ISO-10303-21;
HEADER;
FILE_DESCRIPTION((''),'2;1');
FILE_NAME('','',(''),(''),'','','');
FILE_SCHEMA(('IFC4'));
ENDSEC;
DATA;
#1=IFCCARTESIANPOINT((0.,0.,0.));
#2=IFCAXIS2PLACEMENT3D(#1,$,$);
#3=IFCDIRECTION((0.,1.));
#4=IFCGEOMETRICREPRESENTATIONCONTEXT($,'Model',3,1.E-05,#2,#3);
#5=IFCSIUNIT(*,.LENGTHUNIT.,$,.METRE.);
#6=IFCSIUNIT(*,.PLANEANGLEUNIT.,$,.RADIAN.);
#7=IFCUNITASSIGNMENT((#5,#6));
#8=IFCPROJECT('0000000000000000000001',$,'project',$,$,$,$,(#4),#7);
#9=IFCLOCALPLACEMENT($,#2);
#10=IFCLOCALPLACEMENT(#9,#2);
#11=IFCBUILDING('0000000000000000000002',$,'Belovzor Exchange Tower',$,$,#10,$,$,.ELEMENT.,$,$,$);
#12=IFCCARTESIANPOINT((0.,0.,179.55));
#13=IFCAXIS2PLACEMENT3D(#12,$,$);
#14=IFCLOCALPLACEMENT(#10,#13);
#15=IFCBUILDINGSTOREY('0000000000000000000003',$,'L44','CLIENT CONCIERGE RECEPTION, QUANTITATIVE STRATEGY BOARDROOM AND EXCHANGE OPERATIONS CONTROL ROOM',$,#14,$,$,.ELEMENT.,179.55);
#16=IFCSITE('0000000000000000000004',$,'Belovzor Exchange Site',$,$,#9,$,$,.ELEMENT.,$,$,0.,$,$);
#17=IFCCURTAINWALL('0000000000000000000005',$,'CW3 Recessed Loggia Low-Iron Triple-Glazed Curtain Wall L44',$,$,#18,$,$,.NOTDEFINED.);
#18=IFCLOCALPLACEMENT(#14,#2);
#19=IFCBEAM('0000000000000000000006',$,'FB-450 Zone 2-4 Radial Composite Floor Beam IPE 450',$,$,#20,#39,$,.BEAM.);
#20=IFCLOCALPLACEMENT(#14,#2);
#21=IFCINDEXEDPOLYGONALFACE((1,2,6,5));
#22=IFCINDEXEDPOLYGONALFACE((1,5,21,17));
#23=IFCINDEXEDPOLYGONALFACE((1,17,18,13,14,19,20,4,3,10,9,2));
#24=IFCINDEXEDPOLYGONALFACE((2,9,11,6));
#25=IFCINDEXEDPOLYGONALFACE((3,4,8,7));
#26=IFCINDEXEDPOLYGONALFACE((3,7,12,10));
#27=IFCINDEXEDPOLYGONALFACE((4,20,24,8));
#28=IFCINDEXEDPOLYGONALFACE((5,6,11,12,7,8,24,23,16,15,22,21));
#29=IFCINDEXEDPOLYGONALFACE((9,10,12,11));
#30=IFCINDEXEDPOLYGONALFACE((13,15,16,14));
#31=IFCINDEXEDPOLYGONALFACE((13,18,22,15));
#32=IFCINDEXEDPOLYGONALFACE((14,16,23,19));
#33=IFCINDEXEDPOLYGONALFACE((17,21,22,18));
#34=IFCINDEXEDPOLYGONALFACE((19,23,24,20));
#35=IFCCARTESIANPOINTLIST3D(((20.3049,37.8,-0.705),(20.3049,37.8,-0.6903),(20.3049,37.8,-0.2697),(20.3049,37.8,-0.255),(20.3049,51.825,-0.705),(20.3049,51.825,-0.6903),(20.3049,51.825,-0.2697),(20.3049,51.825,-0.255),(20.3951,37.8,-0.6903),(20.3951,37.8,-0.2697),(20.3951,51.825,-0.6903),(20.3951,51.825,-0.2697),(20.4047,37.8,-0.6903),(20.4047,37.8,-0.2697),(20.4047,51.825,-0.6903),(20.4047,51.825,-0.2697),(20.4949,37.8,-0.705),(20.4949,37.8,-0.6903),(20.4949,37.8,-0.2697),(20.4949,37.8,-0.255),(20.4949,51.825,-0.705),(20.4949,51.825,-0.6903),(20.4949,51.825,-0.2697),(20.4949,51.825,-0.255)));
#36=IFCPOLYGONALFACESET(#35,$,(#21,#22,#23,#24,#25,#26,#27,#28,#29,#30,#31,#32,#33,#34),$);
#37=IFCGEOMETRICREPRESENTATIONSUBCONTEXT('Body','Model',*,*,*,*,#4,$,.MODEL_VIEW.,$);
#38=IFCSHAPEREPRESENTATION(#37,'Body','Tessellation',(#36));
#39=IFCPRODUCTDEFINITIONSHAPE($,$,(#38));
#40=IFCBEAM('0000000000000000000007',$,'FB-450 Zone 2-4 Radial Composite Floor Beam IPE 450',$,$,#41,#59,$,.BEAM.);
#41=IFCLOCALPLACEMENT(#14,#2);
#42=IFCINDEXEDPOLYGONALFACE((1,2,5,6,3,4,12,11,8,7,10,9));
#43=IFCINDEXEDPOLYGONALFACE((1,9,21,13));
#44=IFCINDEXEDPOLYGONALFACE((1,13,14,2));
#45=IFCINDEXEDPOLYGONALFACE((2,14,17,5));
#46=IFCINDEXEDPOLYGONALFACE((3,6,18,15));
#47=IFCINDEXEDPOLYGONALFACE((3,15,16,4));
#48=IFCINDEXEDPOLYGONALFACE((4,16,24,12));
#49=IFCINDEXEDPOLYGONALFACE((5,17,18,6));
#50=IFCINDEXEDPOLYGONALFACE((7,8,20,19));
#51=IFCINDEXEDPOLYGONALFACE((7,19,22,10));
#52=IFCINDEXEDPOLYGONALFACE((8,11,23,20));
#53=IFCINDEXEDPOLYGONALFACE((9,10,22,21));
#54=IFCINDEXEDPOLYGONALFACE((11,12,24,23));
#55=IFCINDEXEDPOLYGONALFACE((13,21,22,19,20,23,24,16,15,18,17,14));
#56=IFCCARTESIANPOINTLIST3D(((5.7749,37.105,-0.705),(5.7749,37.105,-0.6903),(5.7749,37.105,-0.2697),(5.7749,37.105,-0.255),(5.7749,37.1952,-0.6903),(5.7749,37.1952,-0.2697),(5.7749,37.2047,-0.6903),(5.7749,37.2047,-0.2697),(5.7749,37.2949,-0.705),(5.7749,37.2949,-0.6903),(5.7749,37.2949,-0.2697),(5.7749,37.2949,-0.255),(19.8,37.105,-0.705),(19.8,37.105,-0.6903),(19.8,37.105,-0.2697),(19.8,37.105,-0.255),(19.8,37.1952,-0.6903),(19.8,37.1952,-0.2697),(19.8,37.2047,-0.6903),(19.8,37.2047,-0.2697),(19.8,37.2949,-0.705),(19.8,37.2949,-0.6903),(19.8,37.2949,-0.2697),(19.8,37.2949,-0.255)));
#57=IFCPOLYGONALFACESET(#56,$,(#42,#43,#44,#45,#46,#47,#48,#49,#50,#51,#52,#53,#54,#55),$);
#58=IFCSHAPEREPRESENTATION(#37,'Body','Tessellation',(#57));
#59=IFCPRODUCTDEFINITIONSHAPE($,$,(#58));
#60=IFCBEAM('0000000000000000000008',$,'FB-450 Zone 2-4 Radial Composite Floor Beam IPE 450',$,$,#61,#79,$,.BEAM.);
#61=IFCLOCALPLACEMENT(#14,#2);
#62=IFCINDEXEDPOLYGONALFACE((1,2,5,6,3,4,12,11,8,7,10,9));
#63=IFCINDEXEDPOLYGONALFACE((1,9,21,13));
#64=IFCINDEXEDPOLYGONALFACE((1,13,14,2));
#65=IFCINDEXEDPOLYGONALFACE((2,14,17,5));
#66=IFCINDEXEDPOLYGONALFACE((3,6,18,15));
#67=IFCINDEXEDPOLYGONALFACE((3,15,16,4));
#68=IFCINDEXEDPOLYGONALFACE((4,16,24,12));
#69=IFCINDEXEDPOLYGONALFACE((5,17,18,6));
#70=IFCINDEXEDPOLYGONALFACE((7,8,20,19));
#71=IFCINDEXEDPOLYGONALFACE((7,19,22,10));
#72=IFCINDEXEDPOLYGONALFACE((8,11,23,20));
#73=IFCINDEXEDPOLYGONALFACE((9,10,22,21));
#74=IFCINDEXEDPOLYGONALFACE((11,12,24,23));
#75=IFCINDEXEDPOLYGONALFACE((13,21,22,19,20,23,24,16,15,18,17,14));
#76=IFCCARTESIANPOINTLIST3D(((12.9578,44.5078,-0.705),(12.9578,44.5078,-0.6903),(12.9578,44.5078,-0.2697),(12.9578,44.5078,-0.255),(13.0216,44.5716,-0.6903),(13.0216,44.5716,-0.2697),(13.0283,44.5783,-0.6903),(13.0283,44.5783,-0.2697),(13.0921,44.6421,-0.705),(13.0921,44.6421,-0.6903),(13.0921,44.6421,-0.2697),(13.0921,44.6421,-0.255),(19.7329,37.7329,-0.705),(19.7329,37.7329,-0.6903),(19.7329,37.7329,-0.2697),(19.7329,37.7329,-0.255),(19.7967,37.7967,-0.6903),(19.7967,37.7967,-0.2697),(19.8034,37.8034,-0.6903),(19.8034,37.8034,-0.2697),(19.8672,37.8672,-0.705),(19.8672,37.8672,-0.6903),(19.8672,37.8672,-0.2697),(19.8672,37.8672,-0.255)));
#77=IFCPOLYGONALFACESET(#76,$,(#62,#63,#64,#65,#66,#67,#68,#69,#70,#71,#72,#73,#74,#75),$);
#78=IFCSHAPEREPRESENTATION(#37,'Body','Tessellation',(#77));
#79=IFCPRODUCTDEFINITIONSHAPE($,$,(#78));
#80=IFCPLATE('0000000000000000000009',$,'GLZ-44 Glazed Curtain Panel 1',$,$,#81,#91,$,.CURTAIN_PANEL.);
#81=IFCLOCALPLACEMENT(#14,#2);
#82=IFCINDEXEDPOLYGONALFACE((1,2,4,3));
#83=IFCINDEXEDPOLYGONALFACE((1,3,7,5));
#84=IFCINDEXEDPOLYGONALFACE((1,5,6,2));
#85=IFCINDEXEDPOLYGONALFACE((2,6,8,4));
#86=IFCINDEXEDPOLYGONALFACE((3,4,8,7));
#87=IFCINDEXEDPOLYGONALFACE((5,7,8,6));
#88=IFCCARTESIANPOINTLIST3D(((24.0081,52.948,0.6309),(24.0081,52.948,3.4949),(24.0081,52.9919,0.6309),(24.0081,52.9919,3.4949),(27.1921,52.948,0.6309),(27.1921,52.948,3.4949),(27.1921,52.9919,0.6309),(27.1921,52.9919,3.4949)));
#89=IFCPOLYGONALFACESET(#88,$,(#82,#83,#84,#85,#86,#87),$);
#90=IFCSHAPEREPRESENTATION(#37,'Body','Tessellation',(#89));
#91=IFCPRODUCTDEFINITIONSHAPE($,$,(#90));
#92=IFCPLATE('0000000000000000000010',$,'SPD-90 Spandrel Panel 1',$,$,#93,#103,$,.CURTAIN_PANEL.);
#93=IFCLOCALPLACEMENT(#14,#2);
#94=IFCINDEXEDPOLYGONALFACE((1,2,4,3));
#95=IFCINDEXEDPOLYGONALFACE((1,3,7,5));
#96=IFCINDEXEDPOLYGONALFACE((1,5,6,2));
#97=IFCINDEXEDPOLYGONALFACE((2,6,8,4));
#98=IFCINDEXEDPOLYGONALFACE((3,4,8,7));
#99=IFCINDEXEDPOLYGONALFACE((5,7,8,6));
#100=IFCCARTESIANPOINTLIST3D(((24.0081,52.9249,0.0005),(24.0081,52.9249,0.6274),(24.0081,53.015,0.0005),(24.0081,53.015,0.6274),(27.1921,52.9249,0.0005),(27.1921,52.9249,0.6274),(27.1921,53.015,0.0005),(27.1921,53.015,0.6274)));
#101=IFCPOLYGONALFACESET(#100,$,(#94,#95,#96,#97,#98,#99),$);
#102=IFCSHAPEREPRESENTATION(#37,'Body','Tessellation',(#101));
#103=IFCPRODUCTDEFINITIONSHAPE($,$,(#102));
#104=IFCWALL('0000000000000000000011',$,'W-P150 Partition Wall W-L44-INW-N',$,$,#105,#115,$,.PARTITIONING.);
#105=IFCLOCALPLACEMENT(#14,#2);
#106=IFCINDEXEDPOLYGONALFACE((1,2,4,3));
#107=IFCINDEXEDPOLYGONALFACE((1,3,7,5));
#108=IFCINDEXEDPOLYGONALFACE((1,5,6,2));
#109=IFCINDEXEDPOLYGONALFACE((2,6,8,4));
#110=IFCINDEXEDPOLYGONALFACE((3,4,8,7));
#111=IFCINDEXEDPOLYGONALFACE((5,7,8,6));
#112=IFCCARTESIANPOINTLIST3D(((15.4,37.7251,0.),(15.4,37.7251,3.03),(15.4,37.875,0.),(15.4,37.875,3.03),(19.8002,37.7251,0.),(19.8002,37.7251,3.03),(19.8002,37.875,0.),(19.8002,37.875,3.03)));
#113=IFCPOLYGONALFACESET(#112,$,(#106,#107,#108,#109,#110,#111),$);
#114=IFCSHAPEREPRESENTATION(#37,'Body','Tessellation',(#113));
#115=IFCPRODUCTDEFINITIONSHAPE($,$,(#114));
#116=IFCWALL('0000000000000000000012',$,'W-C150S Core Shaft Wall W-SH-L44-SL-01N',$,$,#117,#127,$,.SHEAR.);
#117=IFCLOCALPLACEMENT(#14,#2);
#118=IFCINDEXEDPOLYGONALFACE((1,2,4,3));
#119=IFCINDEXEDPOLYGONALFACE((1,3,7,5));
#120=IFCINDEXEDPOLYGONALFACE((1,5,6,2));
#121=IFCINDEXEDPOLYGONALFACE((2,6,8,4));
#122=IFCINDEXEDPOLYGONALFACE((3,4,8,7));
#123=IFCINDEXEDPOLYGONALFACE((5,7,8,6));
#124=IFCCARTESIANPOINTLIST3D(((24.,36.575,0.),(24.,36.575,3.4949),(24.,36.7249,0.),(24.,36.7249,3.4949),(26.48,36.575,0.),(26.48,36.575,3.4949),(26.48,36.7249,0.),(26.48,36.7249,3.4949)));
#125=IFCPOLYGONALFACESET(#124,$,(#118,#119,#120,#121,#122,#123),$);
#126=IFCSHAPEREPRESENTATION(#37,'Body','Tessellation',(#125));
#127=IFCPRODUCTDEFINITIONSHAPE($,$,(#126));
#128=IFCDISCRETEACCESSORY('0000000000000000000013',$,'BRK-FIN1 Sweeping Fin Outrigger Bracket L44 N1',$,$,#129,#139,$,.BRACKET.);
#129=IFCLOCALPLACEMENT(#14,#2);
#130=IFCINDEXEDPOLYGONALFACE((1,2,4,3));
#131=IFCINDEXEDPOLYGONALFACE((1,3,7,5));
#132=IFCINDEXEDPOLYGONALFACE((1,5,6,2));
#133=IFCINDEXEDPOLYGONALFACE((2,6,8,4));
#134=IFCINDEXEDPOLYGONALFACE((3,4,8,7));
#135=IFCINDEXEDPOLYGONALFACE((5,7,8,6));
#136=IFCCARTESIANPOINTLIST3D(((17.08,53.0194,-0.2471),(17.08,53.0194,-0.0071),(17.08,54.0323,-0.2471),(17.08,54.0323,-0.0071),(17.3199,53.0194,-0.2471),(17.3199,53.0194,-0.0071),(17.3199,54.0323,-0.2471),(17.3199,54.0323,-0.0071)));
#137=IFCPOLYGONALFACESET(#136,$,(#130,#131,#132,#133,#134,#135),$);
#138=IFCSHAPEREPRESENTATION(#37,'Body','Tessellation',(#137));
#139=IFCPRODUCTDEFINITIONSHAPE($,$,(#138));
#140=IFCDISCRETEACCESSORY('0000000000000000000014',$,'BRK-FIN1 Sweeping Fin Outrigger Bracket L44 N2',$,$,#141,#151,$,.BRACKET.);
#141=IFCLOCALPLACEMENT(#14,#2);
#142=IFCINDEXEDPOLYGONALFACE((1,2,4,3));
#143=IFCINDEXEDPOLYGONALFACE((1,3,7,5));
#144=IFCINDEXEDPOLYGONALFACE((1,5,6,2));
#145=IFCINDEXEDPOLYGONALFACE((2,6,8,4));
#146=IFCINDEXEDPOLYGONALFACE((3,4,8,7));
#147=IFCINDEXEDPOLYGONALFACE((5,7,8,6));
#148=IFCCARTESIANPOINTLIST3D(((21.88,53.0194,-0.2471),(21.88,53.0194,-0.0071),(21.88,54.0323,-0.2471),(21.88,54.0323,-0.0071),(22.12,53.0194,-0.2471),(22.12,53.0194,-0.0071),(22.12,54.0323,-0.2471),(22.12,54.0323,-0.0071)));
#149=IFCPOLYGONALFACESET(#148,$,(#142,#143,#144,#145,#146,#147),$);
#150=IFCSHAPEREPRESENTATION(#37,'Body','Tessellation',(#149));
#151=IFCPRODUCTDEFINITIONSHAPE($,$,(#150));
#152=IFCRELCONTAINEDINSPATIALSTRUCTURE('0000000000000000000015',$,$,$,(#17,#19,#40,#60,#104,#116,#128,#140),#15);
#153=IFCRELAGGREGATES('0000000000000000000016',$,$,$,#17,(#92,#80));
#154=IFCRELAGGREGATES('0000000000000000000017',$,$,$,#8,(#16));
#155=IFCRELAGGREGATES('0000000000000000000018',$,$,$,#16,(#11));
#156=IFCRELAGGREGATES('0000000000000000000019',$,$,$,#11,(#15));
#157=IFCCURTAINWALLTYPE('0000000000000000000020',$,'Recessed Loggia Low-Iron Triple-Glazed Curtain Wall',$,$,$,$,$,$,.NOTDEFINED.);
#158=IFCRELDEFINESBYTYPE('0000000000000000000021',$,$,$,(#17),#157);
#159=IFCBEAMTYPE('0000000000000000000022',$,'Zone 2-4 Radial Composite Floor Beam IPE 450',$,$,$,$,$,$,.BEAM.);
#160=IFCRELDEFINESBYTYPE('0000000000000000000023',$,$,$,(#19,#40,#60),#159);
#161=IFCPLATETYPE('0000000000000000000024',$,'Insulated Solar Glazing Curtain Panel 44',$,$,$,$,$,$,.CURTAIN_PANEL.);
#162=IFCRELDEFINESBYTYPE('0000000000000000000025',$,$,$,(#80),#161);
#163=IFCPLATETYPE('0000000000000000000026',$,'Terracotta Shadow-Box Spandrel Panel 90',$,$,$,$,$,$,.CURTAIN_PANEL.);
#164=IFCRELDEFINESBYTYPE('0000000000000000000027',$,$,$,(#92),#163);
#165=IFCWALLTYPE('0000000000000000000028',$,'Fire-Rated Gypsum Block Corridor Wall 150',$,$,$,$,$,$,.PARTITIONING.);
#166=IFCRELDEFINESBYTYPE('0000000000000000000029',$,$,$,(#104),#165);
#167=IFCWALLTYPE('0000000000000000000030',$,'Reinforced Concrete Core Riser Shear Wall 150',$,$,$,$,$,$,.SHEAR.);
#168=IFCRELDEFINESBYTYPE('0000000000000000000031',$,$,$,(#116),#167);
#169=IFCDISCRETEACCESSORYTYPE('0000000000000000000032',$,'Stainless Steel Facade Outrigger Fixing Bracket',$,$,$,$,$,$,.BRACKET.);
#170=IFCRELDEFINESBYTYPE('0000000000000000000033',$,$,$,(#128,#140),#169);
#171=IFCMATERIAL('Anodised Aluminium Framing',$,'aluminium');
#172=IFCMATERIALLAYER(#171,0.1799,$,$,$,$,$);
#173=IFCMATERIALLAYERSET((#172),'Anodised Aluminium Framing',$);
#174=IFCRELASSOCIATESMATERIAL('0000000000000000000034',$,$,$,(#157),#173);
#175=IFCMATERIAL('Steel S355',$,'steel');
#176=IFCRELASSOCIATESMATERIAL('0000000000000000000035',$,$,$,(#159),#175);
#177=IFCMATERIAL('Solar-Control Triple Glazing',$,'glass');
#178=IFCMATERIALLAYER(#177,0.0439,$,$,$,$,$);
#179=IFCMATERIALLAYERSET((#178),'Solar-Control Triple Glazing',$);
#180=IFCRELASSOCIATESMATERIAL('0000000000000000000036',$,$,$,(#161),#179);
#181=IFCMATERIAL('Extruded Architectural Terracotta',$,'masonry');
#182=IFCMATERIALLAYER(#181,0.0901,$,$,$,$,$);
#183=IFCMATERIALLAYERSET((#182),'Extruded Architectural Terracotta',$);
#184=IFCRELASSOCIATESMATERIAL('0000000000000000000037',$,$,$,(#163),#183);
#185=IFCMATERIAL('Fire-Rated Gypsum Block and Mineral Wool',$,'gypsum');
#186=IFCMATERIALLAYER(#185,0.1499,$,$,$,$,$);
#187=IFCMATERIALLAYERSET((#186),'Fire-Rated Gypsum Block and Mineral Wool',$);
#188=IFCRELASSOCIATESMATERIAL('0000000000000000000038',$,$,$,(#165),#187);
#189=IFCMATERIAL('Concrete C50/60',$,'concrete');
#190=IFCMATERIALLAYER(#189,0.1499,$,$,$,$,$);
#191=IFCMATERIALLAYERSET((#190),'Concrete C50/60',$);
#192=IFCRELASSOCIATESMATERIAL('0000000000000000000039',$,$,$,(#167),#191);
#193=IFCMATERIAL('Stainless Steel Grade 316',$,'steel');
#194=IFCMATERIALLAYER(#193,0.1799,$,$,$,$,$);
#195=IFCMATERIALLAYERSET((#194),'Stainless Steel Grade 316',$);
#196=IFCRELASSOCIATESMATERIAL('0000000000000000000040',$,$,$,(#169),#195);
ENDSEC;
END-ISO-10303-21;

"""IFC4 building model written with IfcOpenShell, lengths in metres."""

from ifc_helpers import new_model, si_unit, direction, frame, frame_2d, origin, origin_2d, place, context, subcontext, project, spatial, rectangle, i_section, extrude, material, layer, layer_set, material_profile, profile_set, type_object, element, aggregate, save


model = new_model("IFC4")

# Units and contexts
model_context = context("Model", 3, precision=1e-05, world=origin(), true_north=direction((0.0, 1.0)))
body_context = subcontext(model_context, "Body", "Model", "MODEL_VIEW")
ifc_project = project(units=[si_unit("LENGTHUNIT", "METRE"), si_unit("PLANEANGLEUNIT", "RADIAN")], contexts=[model_context])

# Site, building, storey
site_placement = place(None, origin())
site = spatial("IfcSite", under=ifc_project, at=site_placement, Name="Belovzor Exchange Site", CompositionType="ELEMENT", RefElevation=0.0)
building_placement = place(site_placement, origin())
building = spatial("IfcBuilding", under=site, at=building_placement, Name="Belovzor Exchange Tower", CompositionType="ELEMENT")
storey_placement = place(building_placement, frame((0.0, 0.0, 179.55)))
storey = spatial("IfcBuildingStorey", under=building, at=storey_placement, Name="L44", Description="CLIENT CONCIERGE RECEPTION, QUANTITATIVE STRATEGY BOARDROOM AND EXCHANGE OPERATIONS CONTROL ROOM", CompositionType="ELEMENT", Elevation=179.55)

# Curtain wall
ifc_material_1 = material(Name="Anodised Aluminium Framing", Category="aluminium")
ifc_layer_1 = layer(ifc_material_1, 0.1799)
ifc_layer_set_1 = layer_set([ifc_layer_1], Name="Anodised Aluminium Framing")
curtain_wall_type = type_object("IfcCurtainWallType", Name="Recessed Loggia Low-Iron Triple-Glazed Curtain Wall", PredefinedType="NOTDEFINED", material=ifc_layer_set_1)
curtain_wall_placement = place(storey_placement, origin())
curtain_wall = element("IfcCurtainWall", 1, at=curtain_wall_placement, inside=storey, type_object=curtain_wall_type, Name="CW3 Recessed Loggia Low-Iron Triple-Glazed Curtain Wall L44", PredefinedType="NOTDEFINED")

# Beams
ifc_material_2 = material(Name="Steel S355", Category="steel")
ifc_material_profile_1 = material_profile(ifc_material_2, i_section(OverallWidth=0.1899, OverallDepth=0.45, WebThickness=0.0095, FlangeThickness=0.0146, at=origin_2d()))
ifc_profile_set_1 = profile_set([ifc_material_profile_1], Name="Steel S355")
beam_type_1 = type_object("IfcBeamType", Name="Zone 2-4 Radial Composite Floor Beam IPE 450", PredefinedType="BEAM", material=ifc_profile_set_1)
beam_1_placement = place(storey_placement, frame((20.3999, 37.8, -0.48), z_axis=(0.0, 1.0, 0.0), x_axis=(-1.0, 0.0, 0.0)))
element("IfcBeam", 2, at=beam_1_placement, inside=storey, type_object=beam_type_1, Name="FB-450 Zone 2-4 Radial Composite Floor Beam IPE 450", PredefinedType="BEAM", context=body_context, shape_type="SweptSolid", body=[
    extrude(i_section(OverallWidth=0.1899, OverallDepth=0.45, WebThickness=0.0095, FlangeThickness=0.0146, at=origin_2d()), origin(), (0.0, 0.0, 1.0), 14.0249),
])
beam_2_placement = place(storey_placement, frame((19.8, 37.2, -0.48), z_axis=(-1.0, 0.0, 0.0), x_axis=(0.0, -1.0, 0.0)))
element("IfcBeam", 3, at=beam_2_placement, inside=storey, type_object=beam_type_1, Name="FB-450 Zone 2-4 Radial Composite Floor Beam IPE 450", PredefinedType="BEAM", context=body_context, shape_type="SweptSolid", body=[
    extrude(i_section(OverallWidth=0.1899, OverallDepth=0.45, WebThickness=0.0095, FlangeThickness=0.0146, at=origin_2d()), origin(), (0.0, 0.0, 1.0), 14.0251),
])
beam_3_placement = place(storey_placement, frame((19.8, 37.8, -0.48), z_axis=(-0.70712, 0.707094, 0.0), x_axis=(-0.707094, -0.70712, 0.0)))
element("IfcBeam", 4, at=beam_3_placement, inside=storey, type_object=beam_type_1, Name="FB-450 Zone 2-4 Radial Composite Floor Beam IPE 450", PredefinedType="BEAM", context=body_context, shape_type="SweptSolid", body=[
    extrude(i_section(OverallWidth=0.1899, OverallDepth=0.45, WebThickness=0.0095, FlangeThickness=0.0146, at=origin_2d()), origin(), (0.0, 0.0, 1.0), 9.5813),
])

# Plates
ifc_material_3 = material(Name="Solar-Control Triple Glazing", Category="glass")
ifc_layer_2 = layer(ifc_material_3, 0.0439)
ifc_layer_set_2 = layer_set([ifc_layer_2], Name="Solar-Control Triple Glazing")
plate_type_1 = type_object("IfcPlateType", Name="Insulated Solar Glazing Curtain Panel 44", PredefinedType="CURTAIN_PANEL", material=ifc_layer_set_2)
plate_1_placement = place(storey_placement, frame((25.6001, 52.97, 0.6309), z_axis=(0.0, 0.0, 1.0), x_axis=(1.0, 0.0, 0.0)))
plate_1 = element("IfcPlate", 5, at=plate_1_placement, type_object=plate_type_1, Name="GLZ-44 Glazed Curtain Panel 1", PredefinedType="CURTAIN_PANEL", context=body_context, shape_type="SweptSolid", body=[
    extrude(rectangle(XDim=3.1841, YDim=0.0439, at=origin_2d()), origin(), (0.0, 0.0, 1.0), 2.864),
])
ifc_material_4 = material(Name="Extruded Architectural Terracotta", Category="masonry")
ifc_layer_3 = layer(ifc_material_4, 0.0901)
ifc_layer_set_3 = layer_set([ifc_layer_3], Name="Extruded Architectural Terracotta")
plate_type_2 = type_object("IfcPlateType", Name="Terracotta Shadow-Box Spandrel Panel 90", PredefinedType="CURTAIN_PANEL", material=ifc_layer_set_3)
plate_2_placement = place(storey_placement, frame((25.6001, 52.97, 0.0005), z_axis=(0.0, 0.0, 1.0), x_axis=(1.0, 0.0, 0.0)))
plate_2 = element("IfcPlate", 6, at=plate_2_placement, type_object=plate_type_2, Name="SPD-90 Spandrel Panel 1", PredefinedType="CURTAIN_PANEL", context=body_context, shape_type="SweptSolid", body=[
    extrude(rectangle(XDim=3.1841, YDim=0.0901, at=origin_2d()), origin(), (0.0, 0.0, 1.0), 0.627),
])
aggregate(curtain_wall, [plate_2, plate_1])

# Walls
ifc_material_5 = material(Name="Fire-Rated Gypsum Block and Mineral Wool", Category="gypsum")
ifc_layer_4 = layer(ifc_material_5, 0.1499)
ifc_layer_set_4 = layer_set([ifc_layer_4], Name="Fire-Rated Gypsum Block and Mineral Wool")
wall_type_1 = type_object("IfcWallType", Name="Fire-Rated Gypsum Block Corridor Wall 150", PredefinedType="PARTITIONING", material=ifc_layer_set_4)
wall_1_placement = place(storey_placement, frame((15.3999, 37.8, 0.0), z_axis=(0.0, 0.0, 1.0), x_axis=(1.0, 0.0, 0.0)))
element("IfcWall", 7, at=wall_1_placement, inside=storey, type_object=wall_type_1, Name="W-P150 Partition Wall W-L44-INW-N", PredefinedType="PARTITIONING", context=body_context, shape_type="SweptSolid", body=[
    extrude(rectangle(XDim=4.4001, YDim=0.1499, at=frame_2d((2.2002, 0.0))), origin(), (0.0, 0.0, 1.0), 3.03),
])
ifc_material_6 = material(Name="Concrete C50/60", Category="concrete")
ifc_layer_5 = layer(ifc_material_6, 0.1499)
ifc_layer_set_5 = layer_set([ifc_layer_5], Name="Concrete C50/60")
wall_type_2 = type_object("IfcWallType", Name="Reinforced Concrete Core Riser Shear Wall 150", PredefinedType="SHEAR", material=ifc_layer_set_5)
wall_2_placement = place(storey_placement, frame((24.0, 36.6499, 0.0), z_axis=(0.0, 0.0, 1.0), x_axis=(1.0, 0.0, 0.0)))
element("IfcWall", 8, at=wall_2_placement, inside=storey, type_object=wall_type_2, Name="W-C150S Core Shaft Wall W-SH-L44-SL-01N", PredefinedType="SHEAR", context=body_context, shape_type="SweptSolid", body=[
    extrude(rectangle(XDim=2.48, YDim=0.1499, at=frame_2d((1.24, 0.0))), origin(), (0.0, 0.0, 1.0), 3.4949),
])

# Discrete accessories
ifc_material_7 = material(Name="Stainless Steel Grade 316", Category="steel")
ifc_layer_6 = layer(ifc_material_7, 0.1799)
ifc_layer_set_6 = layer_set([ifc_layer_6], Name="Stainless Steel Grade 316")
discrete_accessory_type = type_object("IfcDiscreteAccessoryType", Name="Stainless Steel Facade Outrigger Fixing Bracket", PredefinedType="BRACKET", material=ifc_layer_set_6)
for number, where, z_axis, x_axis, name in (
    (9, (17.2, 53.5259, -0.2471), (0.0, 0.0, 1.0), (0.0, 1.0, 0.0), "BRK-FIN1 Sweeping Fin Outrigger Bracket L44 N1"),
    (10, (22.0, 53.5259, -0.2471), (0.0, 0.0, 1.0), (0.0, 1.0, 0.0), "BRK-FIN1 Sweeping Fin Outrigger Bracket L44 N2"),
):
    element("IfcDiscreteAccessory", number, at=place(storey_placement, frame(where, z_axis=z_axis, x_axis=x_axis)), inside=storey, type_object=discrete_accessory_type, Name=name, PredefinedType="BRACKET", context=body_context, shape_type="SweptSolid", body=[
        extrude(rectangle(XDim=1.0129, YDim=0.24, at=origin_2d()), origin(), (0.0, 0.0, 1.0), 0.24),
    ])

save(model, "model.ifc")
